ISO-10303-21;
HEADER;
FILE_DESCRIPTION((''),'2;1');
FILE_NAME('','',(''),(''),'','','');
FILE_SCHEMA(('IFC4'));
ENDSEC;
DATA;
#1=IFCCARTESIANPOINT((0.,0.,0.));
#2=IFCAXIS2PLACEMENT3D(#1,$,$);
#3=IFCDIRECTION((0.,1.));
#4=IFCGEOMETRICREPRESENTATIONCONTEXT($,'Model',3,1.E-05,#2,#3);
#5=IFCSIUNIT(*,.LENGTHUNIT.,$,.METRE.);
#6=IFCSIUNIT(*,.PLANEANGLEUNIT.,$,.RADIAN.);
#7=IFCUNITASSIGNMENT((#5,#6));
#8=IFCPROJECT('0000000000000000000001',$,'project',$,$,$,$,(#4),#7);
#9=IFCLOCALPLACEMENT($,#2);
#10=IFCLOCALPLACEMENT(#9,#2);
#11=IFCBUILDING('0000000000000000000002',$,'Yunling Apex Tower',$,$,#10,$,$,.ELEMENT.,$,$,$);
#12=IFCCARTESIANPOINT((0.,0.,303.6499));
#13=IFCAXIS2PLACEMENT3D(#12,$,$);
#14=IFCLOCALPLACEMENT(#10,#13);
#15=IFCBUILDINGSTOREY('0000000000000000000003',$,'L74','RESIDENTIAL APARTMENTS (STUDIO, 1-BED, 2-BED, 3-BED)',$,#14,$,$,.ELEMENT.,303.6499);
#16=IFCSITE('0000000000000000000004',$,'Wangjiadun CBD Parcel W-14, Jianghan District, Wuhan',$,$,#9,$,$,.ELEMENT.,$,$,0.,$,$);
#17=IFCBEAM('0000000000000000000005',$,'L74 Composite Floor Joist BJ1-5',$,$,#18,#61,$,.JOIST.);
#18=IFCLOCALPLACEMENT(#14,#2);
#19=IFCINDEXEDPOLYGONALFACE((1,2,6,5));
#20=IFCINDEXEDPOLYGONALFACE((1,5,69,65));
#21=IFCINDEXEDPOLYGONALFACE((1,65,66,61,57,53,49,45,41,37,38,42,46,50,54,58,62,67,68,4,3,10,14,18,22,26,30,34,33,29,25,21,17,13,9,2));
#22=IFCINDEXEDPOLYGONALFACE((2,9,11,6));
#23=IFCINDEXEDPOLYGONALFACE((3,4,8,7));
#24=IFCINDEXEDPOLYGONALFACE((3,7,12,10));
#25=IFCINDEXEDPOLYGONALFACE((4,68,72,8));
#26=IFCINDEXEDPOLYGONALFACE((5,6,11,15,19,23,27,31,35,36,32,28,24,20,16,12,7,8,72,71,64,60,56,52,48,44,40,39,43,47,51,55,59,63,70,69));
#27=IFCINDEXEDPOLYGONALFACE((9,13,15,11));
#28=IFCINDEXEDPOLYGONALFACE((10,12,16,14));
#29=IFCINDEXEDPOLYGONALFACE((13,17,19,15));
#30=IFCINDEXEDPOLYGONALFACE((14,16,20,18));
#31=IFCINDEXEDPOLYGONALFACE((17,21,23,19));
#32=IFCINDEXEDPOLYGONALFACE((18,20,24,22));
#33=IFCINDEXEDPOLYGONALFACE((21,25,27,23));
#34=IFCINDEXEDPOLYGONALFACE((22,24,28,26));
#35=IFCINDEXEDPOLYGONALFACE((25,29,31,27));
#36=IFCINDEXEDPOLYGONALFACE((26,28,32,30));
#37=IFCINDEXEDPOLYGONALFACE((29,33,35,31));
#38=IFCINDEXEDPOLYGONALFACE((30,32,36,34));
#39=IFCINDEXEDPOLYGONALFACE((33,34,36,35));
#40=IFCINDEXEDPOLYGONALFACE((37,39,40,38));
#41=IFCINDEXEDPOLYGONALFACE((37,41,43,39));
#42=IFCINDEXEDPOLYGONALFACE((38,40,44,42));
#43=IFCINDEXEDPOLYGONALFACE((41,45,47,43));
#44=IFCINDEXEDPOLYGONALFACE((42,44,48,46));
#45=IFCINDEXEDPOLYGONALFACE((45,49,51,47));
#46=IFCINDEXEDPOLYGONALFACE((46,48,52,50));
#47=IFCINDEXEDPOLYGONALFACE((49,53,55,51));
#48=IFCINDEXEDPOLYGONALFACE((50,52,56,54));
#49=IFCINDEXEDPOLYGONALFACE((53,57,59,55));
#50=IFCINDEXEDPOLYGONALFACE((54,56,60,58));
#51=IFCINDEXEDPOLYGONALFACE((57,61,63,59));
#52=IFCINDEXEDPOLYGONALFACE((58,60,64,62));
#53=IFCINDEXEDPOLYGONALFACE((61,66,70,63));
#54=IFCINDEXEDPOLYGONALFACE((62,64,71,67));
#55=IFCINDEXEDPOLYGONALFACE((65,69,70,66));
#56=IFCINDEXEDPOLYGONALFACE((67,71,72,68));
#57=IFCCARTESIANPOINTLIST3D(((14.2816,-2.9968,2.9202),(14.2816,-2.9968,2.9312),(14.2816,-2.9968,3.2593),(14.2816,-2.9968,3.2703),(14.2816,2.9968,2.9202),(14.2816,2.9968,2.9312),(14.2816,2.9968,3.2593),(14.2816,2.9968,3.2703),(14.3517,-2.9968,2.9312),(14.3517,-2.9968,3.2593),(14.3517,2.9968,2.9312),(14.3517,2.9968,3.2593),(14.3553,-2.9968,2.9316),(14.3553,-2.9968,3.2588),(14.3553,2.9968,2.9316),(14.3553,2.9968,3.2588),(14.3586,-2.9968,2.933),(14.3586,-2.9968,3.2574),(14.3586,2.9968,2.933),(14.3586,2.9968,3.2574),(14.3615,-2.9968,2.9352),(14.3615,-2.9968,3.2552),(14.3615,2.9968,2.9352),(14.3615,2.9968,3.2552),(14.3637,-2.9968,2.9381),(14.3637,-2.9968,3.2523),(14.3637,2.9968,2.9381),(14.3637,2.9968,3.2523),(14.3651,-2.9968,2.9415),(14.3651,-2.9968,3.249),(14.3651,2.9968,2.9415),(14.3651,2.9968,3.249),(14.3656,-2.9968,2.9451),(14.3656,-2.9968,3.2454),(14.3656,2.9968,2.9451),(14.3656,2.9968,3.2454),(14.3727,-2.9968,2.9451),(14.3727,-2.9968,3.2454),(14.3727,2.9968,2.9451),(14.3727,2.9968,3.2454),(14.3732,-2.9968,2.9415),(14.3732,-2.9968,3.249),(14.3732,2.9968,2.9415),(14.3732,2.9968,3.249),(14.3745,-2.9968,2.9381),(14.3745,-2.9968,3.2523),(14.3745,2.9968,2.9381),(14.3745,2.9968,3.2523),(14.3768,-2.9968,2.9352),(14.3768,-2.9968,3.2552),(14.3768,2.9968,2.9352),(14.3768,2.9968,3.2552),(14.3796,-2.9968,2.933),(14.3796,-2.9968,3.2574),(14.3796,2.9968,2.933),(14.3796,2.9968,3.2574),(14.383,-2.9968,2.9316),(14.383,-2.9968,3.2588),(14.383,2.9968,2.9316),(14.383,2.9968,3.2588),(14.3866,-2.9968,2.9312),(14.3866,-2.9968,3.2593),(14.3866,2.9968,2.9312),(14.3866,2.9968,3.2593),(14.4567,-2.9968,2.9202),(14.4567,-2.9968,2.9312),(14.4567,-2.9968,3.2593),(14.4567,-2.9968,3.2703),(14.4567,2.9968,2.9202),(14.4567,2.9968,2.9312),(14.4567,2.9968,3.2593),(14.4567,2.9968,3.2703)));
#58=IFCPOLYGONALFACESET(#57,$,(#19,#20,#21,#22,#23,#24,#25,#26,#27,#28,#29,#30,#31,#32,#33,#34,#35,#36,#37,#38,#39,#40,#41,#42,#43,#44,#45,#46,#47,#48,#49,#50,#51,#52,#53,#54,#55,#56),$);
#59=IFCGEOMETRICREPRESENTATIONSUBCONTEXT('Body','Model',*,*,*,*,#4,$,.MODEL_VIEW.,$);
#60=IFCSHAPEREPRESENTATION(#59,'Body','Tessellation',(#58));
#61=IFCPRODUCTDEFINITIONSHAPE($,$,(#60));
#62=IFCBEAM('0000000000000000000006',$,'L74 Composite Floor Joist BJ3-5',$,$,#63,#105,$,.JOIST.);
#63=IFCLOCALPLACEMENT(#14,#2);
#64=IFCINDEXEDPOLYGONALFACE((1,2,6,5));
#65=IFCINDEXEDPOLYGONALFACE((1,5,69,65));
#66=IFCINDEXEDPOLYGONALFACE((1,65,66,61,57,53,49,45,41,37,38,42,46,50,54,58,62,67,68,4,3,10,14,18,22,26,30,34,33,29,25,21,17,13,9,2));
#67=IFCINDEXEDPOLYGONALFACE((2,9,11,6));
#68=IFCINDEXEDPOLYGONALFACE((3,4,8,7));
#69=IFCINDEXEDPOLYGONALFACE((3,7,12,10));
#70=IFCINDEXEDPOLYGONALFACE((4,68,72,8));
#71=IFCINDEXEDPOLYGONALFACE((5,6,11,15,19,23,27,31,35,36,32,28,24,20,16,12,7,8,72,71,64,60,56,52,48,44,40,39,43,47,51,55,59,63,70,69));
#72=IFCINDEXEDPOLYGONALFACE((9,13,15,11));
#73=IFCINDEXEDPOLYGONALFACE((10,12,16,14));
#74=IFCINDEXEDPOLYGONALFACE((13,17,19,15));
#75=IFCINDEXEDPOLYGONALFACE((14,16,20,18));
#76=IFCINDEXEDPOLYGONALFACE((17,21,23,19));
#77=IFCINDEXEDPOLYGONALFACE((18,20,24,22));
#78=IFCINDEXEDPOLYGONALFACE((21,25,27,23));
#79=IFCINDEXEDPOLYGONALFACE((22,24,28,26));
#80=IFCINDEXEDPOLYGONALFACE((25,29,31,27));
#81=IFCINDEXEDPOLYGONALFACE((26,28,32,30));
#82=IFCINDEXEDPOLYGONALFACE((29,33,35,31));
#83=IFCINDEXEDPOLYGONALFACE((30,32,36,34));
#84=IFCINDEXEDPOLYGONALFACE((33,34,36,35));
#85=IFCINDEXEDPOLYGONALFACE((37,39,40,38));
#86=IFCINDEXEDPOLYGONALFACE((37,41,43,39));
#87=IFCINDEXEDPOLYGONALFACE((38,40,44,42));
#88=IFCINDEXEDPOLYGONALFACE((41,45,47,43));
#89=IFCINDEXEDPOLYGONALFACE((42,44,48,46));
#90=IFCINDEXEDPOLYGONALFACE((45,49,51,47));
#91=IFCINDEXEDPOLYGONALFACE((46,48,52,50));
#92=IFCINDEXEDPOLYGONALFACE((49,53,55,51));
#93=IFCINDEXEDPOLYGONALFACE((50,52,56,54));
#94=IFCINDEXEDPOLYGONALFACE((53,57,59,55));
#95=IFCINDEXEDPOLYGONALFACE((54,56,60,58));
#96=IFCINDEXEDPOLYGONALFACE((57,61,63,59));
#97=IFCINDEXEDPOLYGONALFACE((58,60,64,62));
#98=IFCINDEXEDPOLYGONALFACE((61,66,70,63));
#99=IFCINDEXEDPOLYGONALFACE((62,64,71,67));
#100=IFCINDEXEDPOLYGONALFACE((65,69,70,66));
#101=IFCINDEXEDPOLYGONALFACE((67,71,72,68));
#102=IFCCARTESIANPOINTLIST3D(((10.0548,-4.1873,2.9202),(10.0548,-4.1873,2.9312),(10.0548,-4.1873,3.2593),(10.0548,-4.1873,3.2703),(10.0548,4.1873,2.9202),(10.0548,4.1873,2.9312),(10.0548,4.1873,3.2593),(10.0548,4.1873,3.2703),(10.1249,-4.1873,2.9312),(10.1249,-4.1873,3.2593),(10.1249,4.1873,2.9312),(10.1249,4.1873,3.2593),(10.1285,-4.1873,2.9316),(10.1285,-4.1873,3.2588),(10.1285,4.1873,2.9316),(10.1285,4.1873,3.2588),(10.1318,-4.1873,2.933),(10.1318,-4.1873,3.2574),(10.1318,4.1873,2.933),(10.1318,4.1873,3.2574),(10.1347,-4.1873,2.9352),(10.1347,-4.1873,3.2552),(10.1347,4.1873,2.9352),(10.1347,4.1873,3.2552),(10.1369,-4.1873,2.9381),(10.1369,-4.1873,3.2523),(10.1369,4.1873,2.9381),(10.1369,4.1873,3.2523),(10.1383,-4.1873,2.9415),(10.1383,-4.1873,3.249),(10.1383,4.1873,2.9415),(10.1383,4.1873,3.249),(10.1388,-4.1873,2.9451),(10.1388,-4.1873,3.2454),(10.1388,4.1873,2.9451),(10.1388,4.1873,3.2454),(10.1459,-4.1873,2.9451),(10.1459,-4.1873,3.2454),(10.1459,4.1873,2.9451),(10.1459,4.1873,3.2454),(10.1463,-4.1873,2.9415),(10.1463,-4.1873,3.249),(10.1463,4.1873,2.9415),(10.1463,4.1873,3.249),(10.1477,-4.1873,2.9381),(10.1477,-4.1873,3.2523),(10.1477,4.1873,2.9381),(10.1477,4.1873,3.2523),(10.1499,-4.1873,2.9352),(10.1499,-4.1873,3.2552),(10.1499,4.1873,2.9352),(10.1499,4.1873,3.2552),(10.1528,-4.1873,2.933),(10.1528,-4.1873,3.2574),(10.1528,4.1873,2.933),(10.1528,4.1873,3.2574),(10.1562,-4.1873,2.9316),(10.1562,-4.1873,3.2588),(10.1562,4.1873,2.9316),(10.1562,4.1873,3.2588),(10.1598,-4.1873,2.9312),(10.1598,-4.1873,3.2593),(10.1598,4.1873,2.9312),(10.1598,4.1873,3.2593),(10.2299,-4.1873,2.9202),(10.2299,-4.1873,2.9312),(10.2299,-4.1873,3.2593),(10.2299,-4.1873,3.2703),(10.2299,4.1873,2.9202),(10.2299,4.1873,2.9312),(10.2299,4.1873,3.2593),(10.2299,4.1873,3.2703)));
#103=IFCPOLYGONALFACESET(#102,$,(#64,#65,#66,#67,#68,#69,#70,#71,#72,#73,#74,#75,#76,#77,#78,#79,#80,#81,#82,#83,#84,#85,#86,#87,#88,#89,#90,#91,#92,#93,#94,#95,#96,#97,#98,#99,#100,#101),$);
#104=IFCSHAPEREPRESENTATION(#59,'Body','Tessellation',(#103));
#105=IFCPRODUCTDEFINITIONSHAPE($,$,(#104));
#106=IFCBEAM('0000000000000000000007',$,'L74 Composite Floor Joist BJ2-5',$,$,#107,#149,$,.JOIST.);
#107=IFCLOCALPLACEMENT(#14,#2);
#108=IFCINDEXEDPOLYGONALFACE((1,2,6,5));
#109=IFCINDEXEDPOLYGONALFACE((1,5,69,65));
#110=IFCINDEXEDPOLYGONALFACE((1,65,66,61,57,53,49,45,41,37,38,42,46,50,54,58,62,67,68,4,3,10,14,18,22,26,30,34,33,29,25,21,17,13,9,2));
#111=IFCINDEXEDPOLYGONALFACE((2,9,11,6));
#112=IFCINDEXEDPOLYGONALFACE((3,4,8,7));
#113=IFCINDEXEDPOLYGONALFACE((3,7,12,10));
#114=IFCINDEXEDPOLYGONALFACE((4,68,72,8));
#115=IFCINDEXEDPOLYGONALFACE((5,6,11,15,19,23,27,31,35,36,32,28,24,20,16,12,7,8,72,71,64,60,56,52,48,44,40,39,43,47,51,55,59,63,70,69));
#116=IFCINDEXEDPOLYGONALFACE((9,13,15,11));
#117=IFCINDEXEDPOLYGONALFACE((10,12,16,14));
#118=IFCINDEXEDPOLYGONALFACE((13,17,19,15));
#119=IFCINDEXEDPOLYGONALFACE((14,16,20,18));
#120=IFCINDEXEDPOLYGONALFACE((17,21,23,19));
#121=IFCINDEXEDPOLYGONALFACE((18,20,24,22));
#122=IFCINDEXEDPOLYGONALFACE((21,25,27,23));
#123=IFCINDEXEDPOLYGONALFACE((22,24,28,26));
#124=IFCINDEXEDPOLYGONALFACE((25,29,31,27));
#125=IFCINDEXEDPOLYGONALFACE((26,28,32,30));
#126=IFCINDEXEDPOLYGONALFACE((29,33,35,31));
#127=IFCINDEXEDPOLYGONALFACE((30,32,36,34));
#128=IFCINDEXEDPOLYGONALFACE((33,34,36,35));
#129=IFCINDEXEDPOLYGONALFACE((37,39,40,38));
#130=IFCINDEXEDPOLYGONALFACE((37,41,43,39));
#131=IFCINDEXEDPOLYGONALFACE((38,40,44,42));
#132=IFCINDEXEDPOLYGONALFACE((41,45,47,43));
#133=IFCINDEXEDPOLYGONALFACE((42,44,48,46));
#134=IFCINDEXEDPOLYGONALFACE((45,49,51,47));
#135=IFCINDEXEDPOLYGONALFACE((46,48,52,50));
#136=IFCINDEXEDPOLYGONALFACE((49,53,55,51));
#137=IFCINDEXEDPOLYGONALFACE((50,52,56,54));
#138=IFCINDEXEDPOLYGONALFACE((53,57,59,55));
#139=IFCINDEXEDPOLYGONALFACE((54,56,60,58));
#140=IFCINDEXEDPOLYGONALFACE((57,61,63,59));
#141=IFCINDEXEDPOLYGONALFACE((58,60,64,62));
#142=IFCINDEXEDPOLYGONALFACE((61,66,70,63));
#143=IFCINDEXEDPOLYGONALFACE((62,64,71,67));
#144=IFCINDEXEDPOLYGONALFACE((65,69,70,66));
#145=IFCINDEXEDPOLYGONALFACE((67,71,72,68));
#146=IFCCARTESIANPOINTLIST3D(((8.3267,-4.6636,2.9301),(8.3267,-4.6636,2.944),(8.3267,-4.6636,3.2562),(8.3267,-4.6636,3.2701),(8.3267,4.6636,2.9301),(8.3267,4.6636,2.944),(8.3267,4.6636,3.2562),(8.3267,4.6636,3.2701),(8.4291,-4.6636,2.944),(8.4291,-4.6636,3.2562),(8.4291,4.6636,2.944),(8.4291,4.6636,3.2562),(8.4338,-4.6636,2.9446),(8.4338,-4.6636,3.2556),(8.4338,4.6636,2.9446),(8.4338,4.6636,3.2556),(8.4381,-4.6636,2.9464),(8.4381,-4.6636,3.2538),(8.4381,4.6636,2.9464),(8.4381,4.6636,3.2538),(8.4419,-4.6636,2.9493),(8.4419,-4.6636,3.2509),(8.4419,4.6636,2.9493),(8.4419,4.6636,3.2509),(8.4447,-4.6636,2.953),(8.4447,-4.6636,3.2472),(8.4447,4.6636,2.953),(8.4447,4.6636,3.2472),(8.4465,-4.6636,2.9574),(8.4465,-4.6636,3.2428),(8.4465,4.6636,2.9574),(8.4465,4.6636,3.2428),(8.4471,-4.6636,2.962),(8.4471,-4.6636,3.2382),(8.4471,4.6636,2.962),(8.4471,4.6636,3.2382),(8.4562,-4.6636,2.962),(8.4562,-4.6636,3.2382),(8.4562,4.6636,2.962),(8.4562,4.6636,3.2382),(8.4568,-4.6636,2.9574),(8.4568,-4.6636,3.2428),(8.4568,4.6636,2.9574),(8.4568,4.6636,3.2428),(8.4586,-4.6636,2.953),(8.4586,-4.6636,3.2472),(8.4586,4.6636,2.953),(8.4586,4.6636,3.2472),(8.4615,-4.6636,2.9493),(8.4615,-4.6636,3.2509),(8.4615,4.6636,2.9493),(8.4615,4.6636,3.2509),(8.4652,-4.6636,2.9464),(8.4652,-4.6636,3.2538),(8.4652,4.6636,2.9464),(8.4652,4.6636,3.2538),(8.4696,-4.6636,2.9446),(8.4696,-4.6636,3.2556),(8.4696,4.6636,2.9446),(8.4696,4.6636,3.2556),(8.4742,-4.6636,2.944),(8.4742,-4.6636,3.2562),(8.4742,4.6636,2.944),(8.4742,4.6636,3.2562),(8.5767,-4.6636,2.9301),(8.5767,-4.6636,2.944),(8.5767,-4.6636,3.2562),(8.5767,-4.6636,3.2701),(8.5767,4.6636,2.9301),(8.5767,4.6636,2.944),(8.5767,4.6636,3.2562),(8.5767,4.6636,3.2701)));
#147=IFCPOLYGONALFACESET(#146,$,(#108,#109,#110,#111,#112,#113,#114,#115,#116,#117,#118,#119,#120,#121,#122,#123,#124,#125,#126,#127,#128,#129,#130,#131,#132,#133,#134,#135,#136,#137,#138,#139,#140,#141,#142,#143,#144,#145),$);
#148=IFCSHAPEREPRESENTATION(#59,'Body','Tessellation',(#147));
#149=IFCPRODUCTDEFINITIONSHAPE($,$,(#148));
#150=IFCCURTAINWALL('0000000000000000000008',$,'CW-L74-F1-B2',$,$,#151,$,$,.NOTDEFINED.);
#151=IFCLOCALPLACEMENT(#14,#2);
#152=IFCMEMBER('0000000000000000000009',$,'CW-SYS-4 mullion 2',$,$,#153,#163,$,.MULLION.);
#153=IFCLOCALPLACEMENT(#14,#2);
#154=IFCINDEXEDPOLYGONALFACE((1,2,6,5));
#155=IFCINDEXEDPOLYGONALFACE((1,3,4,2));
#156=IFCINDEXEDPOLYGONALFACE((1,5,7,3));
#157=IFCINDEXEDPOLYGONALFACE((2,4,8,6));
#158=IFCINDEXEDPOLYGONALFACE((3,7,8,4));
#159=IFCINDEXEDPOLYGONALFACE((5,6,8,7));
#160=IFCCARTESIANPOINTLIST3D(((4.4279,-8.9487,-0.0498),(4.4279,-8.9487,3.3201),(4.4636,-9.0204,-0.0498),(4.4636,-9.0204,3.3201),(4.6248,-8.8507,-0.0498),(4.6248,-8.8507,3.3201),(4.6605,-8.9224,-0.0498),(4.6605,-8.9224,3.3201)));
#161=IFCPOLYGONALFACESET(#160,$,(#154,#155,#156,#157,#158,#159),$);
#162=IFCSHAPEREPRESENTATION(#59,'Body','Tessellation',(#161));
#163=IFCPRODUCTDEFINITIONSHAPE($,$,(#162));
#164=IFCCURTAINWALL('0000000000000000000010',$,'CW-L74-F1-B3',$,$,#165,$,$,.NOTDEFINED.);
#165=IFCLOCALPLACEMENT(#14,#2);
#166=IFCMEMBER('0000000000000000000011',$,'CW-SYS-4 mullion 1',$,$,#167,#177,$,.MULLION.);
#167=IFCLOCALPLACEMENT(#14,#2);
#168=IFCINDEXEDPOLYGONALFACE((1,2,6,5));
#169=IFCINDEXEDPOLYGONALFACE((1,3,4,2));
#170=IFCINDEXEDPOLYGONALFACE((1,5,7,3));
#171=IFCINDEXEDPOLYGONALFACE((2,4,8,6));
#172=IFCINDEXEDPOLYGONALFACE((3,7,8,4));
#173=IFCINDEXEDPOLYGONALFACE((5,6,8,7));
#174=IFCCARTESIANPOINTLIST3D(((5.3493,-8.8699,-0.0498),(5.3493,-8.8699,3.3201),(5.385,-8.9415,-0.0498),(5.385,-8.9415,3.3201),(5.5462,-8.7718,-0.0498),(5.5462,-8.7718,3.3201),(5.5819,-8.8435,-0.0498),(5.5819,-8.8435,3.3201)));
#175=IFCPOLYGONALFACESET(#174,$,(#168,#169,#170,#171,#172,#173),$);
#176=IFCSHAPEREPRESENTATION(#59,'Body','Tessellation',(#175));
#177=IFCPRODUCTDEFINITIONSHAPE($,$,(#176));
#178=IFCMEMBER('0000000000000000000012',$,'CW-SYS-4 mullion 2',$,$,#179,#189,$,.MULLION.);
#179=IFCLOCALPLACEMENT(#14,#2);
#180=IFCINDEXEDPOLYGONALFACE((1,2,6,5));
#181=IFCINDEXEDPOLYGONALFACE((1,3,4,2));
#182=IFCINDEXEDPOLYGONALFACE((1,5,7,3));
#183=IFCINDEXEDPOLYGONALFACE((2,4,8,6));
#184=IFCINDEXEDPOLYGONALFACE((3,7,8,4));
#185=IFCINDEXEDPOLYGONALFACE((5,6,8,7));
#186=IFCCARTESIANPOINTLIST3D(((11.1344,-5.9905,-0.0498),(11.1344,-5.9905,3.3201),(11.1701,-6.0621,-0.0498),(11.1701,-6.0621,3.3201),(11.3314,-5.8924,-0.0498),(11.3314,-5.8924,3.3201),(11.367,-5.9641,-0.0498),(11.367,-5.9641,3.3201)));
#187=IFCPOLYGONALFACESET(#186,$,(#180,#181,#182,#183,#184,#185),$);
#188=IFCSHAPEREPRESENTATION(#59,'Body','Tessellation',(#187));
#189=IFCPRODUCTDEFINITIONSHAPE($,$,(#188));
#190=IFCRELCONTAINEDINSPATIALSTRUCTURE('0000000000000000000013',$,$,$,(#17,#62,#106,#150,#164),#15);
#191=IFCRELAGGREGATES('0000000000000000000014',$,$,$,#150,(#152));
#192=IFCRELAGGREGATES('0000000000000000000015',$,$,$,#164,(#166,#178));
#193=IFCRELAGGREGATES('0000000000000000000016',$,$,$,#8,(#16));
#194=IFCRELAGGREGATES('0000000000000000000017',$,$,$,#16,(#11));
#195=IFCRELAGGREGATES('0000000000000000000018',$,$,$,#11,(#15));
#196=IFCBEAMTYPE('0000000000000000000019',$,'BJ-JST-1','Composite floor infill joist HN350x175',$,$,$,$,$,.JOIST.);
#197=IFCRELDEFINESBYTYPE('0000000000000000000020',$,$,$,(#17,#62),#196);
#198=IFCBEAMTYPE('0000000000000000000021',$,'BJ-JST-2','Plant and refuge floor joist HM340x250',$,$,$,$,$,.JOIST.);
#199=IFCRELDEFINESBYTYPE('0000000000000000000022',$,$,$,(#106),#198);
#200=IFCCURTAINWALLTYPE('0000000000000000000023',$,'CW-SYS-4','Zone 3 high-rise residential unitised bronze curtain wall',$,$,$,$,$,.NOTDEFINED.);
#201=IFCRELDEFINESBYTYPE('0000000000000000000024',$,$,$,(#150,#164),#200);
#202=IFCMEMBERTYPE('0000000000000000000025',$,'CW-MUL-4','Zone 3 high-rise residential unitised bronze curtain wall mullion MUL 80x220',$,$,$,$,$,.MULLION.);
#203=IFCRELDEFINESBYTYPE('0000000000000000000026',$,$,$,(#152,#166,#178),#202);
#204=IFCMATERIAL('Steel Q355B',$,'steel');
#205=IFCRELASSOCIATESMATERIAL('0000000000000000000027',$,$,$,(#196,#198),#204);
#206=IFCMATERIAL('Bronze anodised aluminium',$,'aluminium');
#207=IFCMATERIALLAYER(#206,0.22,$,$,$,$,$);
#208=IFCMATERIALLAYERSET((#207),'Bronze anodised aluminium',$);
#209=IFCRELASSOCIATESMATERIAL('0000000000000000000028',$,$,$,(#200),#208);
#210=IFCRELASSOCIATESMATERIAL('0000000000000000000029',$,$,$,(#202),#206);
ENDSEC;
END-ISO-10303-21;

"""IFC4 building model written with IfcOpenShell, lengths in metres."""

from ifc_helpers import new_model, si_unit, direction, frame, origin, origin_2d, place, context, subcontext, project, spatial, rectangle, i_section, extrude, source, transform, mapped, material, layer, layer_set, material_profile, profile_set, type_object, element, aggregate, save


model = new_model("IFC4")

# Units and contexts
model_context = context("Model", 3, precision=1e-05, world=origin(), true_north=direction((0.0, 1.0)))
body_context = subcontext(model_context, "Body", "Model", "MODEL_VIEW")
ifc_project = project(units=[si_unit("LENGTHUNIT", "METRE"), si_unit("PLANEANGLEUNIT", "RADIAN")], contexts=[model_context])

# Site, building, storey
site_placement = place(None, origin())
site = spatial("IfcSite", under=ifc_project, at=site_placement, Name="Wangjiadun CBD Parcel W-14, Jianghan District, Wuhan", CompositionType="ELEMENT", RefElevation=0.0)
building_placement = place(site_placement, origin())
building = spatial("IfcBuilding", under=site, at=building_placement, Name="Yunling Apex Tower", CompositionType="ELEMENT")
storey_placement = place(building_placement, frame((0.0, 0.0, 303.6499)))
storey = spatial("IfcBuildingStorey", under=building, at=storey_placement, Name="L74", Description="RESIDENTIAL APARTMENTS (STUDIO, 1-BED, 2-BED, 3-BED)", CompositionType="ELEMENT", Elevation=303.6499)

# Shared definitions
ifc_material_1 = material(Name="Steel Q355B", Category="steel")

# Beams
ifc_material_profile_1 = material_profile(ifc_material_1, i_section(OverallWidth=0.175, OverallDepth=0.3501, WebThickness=0.0071, FlangeThickness=0.011, FilletRadius=0.0139, at=origin_2d()))
ifc_profile_set_1 = profile_set([ifc_material_profile_1], Name="Steel Q355B")
beam_type_1 = type_object("IfcBeamType", Name="BJ-JST-1", Description="Composite floor infill joist HN350x175", PredefinedType="JOIST", material=ifc_profile_set_1)
shared_shape_1 = source(origin(), body_context, "Body", "SweptSolid", [
    extrude(i_section(OverallWidth=0.175, OverallDepth=0.3501, WebThickness=0.0071, FlangeThickness=0.011, FilletRadius=0.0139, at=origin_2d()), origin(), (0.0, 0.0, 1.0), 5.9937),
])
beam_1_placement = place(storey_placement, frame((14.3691, -2.9968, 3.0952), z_axis=(0.0, 1.0, 0.0), x_axis=(-1.0, 0.0, 0.0)))
element("IfcBeam", 1, at=beam_1_placement, inside=storey, type_object=beam_type_1, Name="L74 Composite Floor Joist BJ1-5", PredefinedType="JOIST", context=body_context, shape_type="MappedRepresentation", body=[
    mapped(shared_shape_1, transform((0.0, 0.0, 0.0), scale=1.0)),
])
shared_shape_2 = source(origin(), body_context, "Body", "SweptSolid", [
    extrude(i_section(OverallWidth=0.175, OverallDepth=0.3501, WebThickness=0.0071, FlangeThickness=0.011, FilletRadius=0.0139, at=origin_2d()), origin(), (0.0, 0.0, 1.0), 8.3745),
])
beam_2_placement = place(storey_placement, frame((10.1423, -4.1873, 3.0952), z_axis=(0.0, 1.0, 0.0), x_axis=(-1.0, 0.0, 0.0)))
element("IfcBeam", 2, at=beam_2_placement, inside=storey, type_object=beam_type_1, Name="L74 Composite Floor Joist BJ3-5", PredefinedType="JOIST", context=body_context, shape_type="MappedRepresentation", body=[
    mapped(shared_shape_2, transform((0.0, 0.0, 0.0), scale=1.0)),
])
ifc_material_profile_2 = material_profile(ifc_material_1, i_section(OverallWidth=0.25, OverallDepth=0.3401, WebThickness=0.009, FlangeThickness=0.0139, FilletRadius=0.0181, at=origin_2d()))
ifc_profile_set_2 = profile_set([ifc_material_profile_2], Name="Steel Q355B")
beam_type_2 = type_object("IfcBeamType", Name="BJ-JST-2", Description="Plant and refuge floor joist HM340x250", PredefinedType="JOIST", material=ifc_profile_set_2)
shared_shape_3 = source(origin(), body_context, "Body", "SweptSolid", [
    extrude(i_section(OverallWidth=0.25, OverallDepth=0.3401, WebThickness=0.009, FlangeThickness=0.0139, FilletRadius=0.0181, at=origin_2d()), origin(), (0.0, 0.0, 1.0), 9.3271),
])
beam_3_placement = place(storey_placement, frame((8.4517, -4.6636, 3.1001), z_axis=(0.0, 1.0, 0.0), x_axis=(-1.0, 0.0, 0.0)))
element("IfcBeam", 3, at=beam_3_placement, inside=storey, type_object=beam_type_2, Name="L74 Composite Floor Joist BJ2-5", PredefinedType="JOIST", context=body_context, shape_type="MappedRepresentation", body=[
    mapped(shared_shape_3, transform((0.0, 0.0, 0.0), scale=1.0)),
])

# Curtain wall, member
ifc_material_2 = material(Name="Bronze anodised aluminium", Category="aluminium")
ifc_layer_1 = layer(ifc_material_2, 0.22)
ifc_layer_set_1 = layer_set([ifc_layer_1], Name="Bronze anodised aluminium")
curtain_wall_type = type_object("IfcCurtainWallType", Name="CW-SYS-4", Description="Zone 3 high-rise residential unitised bronze curtain wall", PredefinedType="NOTDEFINED", material=ifc_layer_set_1)
curtain_wall_1_placement = place(storey_placement, origin())
curtain_wall_1 = element("IfcCurtainWall", 4, at=curtain_wall_1_placement, inside=storey, type_object=curtain_wall_type, Name="CW-L74-F1-B2", PredefinedType="NOTDEFINED")
ifc_material_profile_3 = material_profile(ifc_material_2, rectangle(XDim=0.0801, YDim=0.22, at=origin_2d()))
ifc_profile_set_3 = profile_set([ifc_material_profile_3], Name="Bronze anodised aluminium")
member_type_1 = type_object("IfcMemberType", Name="CW-MUL-4", Description="Zone 3 high-rise residential unitised bronze curtain wall mullion MUL 80x220", PredefinedType="MULLION", material=ifc_profile_set_3)
shared_shape_4 = source(origin(), body_context, "Body", "SweptSolid", [
    extrude(rectangle(XDim=0.0801, YDim=0.22, at=origin_2d()), origin(), (0.0, 0.0, 1.0), 3.3699),
])
member_1_placement = place(storey_placement, frame((4.5442, -8.9355, -0.0498), z_axis=(0.0, 0.0, 1.0), x_axis=(-0.445561, 0.895252, 0.0)))
member_1 = element("IfcMember", 5, at=member_1_placement, type_object=member_type_1, Name="CW-SYS-4 mullion 2", PredefinedType="MULLION", context=body_context, shape_type="MappedRepresentation", body=[
    mapped(shared_shape_4, transform((0.0, 0.0, 0.0), scale=1.0)),
])
aggregate(curtain_wall_1, [member_1])

# Curtain wall, members
curtain_wall_2_placement = place(storey_placement, origin())
curtain_wall_2 = element("IfcCurtainWall", 6, at=curtain_wall_2_placement, inside=storey, type_object=curtain_wall_type, Name="CW-L74-F1-B3", PredefinedType="NOTDEFINED")
member_2_placement = place(storey_placement, frame((5.4656, -8.8567, -0.0498), z_axis=(0.0, 0.0, 1.0), x_axis=(-0.44558, 0.895242, 0.0)))
member_2 = element("IfcMember", 7, at=member_2_placement, type_object=member_type_1, Name="CW-SYS-4 mullion 1", PredefinedType="MULLION", context=body_context, shape_type="MappedRepresentation", body=[
    mapped(shared_shape_4, transform((0.0, 0.0, 0.0), scale=1.0)),
])
member_3_placement = place(storey_placement, frame((11.2507, -5.9773, -0.0498), z_axis=(0.0, 0.0, 1.0), x_axis=(-0.44558, 0.895242, 0.0)))
member_3 = element("IfcMember", 8, at=member_3_placement, type_object=member_type_1, Name="CW-SYS-4 mullion 2", PredefinedType="MULLION", context=body_context, shape_type="MappedRepresentation", body=[
    mapped(shared_shape_4, transform((0.0, 0.0, 0.0), scale=1.0)),
])

aggregate(curtain_wall_2, [member_2, member_3])

save(model, "model.ifc")
